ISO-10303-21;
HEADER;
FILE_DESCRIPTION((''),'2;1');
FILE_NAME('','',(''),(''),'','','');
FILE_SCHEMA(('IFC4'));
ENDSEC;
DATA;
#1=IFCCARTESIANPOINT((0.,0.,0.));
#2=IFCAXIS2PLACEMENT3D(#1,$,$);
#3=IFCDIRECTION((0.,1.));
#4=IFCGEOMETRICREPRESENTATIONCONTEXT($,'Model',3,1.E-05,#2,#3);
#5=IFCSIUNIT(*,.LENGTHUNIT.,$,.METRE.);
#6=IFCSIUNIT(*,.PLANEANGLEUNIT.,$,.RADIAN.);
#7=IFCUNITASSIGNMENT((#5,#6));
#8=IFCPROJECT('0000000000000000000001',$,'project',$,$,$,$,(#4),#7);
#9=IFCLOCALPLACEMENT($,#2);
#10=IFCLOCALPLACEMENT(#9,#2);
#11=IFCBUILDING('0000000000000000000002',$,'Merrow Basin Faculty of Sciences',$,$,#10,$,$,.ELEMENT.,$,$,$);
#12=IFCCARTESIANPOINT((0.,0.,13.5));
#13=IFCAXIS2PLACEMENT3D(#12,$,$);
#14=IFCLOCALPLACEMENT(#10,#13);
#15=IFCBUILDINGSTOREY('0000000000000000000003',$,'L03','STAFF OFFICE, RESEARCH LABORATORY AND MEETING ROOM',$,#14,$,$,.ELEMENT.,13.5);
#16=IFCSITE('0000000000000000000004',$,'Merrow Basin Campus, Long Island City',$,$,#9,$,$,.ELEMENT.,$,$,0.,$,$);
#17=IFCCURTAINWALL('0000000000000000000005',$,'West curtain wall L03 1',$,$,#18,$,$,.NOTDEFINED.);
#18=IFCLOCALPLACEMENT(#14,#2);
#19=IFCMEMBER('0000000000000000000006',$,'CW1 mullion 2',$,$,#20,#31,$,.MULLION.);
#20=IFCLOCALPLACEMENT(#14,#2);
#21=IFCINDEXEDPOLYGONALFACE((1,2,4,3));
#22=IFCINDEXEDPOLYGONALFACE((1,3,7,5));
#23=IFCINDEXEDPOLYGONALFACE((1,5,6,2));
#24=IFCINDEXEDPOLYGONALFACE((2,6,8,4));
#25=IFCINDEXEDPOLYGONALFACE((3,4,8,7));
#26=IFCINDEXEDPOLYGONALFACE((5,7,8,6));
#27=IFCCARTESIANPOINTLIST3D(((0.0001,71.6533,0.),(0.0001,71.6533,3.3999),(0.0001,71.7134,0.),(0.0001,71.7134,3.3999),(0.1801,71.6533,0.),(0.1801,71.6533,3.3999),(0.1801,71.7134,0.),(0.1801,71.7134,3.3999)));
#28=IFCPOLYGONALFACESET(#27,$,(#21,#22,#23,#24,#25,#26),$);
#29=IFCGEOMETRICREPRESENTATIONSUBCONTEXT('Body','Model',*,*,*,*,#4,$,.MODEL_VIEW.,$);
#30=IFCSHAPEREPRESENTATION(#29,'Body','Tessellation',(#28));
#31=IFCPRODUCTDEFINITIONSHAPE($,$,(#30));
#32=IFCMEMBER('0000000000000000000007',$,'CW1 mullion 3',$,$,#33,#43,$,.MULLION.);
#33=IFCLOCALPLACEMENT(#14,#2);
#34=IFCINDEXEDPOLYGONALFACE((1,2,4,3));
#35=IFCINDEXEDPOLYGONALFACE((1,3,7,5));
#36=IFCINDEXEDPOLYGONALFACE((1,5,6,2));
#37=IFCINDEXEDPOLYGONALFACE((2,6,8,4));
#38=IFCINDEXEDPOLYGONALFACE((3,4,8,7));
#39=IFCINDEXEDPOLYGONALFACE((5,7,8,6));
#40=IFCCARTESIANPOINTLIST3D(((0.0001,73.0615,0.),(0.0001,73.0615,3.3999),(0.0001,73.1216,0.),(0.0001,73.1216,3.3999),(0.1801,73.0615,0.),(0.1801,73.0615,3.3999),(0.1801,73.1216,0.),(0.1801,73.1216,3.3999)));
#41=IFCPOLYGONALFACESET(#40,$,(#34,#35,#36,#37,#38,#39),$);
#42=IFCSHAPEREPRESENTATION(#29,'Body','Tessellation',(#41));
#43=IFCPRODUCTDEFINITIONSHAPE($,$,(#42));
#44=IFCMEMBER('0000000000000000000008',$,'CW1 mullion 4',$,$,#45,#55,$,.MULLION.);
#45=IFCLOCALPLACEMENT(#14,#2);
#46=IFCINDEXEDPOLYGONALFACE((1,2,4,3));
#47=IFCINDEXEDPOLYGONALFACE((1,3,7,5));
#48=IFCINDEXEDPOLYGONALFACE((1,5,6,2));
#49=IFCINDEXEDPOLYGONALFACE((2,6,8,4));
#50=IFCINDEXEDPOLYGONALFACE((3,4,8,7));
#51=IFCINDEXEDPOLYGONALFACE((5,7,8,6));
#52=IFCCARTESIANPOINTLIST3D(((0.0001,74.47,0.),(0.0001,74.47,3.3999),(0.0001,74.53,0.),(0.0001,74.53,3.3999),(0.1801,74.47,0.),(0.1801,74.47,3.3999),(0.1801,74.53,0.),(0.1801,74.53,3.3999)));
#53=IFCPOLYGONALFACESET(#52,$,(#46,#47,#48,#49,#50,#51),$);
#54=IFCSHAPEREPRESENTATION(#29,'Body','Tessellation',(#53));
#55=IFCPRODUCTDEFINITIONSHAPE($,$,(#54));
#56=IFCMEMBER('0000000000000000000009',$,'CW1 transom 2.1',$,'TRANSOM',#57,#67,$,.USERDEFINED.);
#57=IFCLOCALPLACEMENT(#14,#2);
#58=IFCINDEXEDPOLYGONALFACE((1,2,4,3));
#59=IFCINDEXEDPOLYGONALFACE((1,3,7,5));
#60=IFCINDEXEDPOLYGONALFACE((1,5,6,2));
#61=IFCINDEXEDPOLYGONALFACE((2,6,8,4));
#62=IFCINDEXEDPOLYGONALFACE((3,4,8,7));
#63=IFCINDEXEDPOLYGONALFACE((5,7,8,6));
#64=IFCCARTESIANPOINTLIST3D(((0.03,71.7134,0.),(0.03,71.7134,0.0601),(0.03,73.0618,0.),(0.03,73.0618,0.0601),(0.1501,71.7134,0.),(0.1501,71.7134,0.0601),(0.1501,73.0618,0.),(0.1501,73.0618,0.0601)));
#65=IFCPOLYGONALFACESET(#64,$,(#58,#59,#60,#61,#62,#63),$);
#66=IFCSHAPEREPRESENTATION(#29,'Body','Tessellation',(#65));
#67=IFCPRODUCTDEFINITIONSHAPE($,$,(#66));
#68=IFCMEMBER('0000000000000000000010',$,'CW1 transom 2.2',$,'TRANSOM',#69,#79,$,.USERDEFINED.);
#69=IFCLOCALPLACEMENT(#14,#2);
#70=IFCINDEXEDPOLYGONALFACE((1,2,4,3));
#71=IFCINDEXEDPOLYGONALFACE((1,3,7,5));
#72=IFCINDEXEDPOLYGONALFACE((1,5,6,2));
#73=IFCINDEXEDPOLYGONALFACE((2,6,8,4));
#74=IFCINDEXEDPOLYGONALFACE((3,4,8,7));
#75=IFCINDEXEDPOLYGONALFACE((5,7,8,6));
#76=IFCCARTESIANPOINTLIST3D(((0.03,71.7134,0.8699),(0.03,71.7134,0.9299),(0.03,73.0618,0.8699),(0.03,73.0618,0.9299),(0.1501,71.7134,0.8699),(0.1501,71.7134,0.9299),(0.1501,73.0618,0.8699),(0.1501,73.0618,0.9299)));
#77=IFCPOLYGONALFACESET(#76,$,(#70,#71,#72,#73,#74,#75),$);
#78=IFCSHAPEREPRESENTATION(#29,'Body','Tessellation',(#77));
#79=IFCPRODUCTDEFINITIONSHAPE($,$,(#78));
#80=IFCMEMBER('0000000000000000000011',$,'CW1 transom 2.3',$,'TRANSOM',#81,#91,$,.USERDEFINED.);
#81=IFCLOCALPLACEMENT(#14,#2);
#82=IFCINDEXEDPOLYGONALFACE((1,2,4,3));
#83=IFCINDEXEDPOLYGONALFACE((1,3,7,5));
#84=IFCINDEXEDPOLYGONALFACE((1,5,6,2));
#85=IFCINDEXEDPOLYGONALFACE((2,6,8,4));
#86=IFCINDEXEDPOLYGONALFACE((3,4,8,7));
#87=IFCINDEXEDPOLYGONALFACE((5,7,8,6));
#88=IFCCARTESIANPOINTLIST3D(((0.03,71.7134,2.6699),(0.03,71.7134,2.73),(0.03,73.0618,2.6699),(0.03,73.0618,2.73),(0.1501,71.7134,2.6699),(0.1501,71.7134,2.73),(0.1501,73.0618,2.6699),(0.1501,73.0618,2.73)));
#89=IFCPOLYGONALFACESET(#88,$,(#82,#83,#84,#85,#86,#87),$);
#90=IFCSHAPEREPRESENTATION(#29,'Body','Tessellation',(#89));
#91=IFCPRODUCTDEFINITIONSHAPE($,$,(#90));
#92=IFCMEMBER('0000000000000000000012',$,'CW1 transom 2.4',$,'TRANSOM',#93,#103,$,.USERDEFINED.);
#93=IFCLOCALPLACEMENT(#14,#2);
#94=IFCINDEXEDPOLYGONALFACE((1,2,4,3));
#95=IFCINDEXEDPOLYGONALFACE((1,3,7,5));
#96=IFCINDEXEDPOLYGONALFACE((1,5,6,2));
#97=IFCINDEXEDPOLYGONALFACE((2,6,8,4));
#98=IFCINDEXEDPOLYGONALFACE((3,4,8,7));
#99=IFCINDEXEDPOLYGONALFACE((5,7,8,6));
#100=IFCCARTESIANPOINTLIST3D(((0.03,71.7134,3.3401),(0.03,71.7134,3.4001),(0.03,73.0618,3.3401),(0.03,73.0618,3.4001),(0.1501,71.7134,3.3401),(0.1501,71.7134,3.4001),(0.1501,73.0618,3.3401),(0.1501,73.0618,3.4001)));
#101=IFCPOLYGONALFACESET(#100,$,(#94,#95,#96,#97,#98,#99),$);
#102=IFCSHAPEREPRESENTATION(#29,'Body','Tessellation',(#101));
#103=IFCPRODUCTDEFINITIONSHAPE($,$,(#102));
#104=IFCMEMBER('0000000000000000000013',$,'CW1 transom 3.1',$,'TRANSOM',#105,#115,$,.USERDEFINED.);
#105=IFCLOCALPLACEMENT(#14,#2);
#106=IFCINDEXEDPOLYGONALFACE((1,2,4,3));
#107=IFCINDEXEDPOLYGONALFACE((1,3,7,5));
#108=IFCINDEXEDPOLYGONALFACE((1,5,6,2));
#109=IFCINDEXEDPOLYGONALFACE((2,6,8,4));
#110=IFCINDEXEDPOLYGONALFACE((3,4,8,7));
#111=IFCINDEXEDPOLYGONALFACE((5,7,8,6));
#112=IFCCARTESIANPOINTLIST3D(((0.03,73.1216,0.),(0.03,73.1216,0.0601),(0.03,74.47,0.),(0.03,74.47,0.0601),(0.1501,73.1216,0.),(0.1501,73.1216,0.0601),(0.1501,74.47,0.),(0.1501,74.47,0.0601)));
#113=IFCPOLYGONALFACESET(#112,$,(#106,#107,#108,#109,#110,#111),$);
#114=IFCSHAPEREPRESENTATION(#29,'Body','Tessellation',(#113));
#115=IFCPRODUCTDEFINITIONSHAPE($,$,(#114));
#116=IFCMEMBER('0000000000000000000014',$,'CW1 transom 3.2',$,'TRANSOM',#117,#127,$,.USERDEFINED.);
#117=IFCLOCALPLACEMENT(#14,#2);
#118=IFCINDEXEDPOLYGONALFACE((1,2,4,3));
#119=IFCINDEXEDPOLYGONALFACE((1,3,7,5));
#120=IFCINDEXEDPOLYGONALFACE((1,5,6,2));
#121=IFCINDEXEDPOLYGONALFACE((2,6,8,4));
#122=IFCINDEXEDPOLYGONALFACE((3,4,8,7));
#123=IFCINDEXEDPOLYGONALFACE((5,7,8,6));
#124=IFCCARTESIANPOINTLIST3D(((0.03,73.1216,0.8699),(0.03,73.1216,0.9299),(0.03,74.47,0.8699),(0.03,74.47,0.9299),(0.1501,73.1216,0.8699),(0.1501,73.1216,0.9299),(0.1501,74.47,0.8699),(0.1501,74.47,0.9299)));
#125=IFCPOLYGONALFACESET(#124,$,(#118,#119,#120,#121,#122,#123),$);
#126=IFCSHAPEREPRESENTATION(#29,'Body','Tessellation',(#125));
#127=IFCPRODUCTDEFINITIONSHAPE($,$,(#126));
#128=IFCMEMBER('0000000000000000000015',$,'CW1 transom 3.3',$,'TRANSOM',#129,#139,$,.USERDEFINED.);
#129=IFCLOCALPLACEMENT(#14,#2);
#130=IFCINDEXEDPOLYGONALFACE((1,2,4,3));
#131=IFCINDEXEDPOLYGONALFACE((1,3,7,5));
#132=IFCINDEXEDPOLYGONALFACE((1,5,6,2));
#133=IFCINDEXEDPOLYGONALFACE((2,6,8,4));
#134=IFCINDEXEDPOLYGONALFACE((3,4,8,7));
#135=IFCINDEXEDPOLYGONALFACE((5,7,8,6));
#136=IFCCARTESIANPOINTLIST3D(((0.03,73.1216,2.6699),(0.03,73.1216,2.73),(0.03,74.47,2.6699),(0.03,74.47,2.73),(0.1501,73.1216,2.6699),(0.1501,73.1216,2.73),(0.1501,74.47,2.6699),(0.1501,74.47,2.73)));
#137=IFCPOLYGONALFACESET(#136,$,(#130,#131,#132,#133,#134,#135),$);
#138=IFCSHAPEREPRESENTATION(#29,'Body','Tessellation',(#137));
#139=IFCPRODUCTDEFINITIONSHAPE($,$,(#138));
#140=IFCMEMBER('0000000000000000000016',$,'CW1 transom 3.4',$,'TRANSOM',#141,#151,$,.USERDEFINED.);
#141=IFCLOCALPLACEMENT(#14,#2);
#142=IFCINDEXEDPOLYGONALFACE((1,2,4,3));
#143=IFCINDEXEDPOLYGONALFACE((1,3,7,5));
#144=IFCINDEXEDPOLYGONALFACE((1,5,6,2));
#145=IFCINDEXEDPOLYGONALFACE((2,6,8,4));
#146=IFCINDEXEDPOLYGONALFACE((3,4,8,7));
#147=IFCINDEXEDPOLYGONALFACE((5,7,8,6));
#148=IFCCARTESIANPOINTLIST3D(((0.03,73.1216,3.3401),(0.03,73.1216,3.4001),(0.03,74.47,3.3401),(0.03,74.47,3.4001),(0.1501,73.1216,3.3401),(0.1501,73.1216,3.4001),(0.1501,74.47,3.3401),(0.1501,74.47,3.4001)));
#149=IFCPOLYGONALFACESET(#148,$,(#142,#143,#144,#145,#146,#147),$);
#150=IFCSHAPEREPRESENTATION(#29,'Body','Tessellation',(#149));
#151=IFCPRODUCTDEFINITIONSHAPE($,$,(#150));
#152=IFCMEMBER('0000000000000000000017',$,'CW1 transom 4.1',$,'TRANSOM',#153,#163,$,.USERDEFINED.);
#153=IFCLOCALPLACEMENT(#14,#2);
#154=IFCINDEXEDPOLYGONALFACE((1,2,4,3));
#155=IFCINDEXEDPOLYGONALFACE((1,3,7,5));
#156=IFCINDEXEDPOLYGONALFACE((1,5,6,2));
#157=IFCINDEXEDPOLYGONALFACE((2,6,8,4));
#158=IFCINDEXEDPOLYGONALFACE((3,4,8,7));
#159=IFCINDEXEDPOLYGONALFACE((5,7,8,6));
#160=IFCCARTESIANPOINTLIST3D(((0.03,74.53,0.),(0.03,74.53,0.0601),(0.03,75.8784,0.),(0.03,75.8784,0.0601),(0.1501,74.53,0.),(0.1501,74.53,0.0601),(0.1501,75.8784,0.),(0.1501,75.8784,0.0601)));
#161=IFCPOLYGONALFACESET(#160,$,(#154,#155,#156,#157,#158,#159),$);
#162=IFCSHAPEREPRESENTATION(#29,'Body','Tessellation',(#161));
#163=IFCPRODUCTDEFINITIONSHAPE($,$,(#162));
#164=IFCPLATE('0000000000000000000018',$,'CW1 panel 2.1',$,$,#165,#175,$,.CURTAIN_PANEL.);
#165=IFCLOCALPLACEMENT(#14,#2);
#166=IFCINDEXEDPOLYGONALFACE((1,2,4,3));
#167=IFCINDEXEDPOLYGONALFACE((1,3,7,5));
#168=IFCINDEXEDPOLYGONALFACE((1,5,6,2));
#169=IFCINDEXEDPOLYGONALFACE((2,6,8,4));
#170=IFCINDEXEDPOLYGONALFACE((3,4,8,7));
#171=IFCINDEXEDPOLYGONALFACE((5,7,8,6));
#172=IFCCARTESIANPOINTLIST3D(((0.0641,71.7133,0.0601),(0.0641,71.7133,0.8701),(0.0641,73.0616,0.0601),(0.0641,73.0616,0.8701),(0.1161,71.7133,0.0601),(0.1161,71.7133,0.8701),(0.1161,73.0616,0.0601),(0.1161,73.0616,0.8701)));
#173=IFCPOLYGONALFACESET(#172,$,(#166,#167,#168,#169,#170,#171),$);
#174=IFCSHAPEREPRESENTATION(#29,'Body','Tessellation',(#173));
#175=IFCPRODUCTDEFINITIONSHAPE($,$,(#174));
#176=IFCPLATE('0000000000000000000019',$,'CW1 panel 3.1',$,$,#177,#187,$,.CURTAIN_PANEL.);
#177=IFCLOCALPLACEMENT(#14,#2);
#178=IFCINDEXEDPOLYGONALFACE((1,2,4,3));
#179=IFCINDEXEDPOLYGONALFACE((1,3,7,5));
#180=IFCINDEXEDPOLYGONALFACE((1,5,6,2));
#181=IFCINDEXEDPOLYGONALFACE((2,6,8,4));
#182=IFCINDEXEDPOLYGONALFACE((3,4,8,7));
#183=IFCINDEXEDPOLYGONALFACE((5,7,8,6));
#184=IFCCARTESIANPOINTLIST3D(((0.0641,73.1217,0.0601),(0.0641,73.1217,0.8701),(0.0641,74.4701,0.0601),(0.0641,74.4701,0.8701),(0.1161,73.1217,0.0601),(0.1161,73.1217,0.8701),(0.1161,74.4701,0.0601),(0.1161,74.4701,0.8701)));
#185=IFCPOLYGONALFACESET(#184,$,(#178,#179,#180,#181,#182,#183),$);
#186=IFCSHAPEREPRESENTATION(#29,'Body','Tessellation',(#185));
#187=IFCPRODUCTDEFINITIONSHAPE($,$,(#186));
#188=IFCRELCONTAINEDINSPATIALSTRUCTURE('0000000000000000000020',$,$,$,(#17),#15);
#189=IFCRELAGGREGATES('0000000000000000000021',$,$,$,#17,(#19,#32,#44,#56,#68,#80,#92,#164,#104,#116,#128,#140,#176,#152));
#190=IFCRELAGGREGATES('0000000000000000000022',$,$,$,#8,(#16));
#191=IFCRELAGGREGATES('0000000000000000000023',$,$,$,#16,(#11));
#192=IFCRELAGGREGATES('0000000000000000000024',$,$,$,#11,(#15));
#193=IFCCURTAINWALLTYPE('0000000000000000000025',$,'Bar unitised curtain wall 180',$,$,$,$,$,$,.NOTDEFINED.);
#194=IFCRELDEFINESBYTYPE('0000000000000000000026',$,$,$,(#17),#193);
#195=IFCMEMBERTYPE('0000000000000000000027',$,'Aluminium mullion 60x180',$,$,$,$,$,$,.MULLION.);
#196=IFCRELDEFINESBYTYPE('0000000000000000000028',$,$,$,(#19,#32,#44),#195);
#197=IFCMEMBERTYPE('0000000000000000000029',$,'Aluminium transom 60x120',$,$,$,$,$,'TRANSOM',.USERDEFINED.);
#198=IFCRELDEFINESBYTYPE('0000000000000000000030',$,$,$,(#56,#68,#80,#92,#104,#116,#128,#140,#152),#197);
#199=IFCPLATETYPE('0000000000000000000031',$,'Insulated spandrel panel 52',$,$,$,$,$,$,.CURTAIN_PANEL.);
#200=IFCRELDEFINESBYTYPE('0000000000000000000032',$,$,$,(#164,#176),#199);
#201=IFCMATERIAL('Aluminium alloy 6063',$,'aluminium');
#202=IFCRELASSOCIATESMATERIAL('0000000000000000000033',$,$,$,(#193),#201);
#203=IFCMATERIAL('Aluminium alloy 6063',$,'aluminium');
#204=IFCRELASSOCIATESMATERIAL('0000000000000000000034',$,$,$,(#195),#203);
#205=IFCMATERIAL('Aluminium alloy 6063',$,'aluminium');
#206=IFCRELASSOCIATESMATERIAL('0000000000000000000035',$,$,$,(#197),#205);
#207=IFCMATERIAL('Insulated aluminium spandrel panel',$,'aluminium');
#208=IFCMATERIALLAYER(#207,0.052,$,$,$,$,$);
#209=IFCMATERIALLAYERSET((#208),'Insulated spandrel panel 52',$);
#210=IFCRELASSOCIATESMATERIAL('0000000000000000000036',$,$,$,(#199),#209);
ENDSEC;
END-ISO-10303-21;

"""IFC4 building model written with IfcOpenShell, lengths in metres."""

from ifc_helpers import new_model, si_unit, direction, frame, origin, origin_2d, place, context, subcontext, project, spatial, rectangle, extrude, material, layer, layer_set, material_profile, profile_set, type_object, element, aggregate, save


model = new_model("IFC4")

# Units and contexts
model_context = context("Model", 3, precision=1e-05, world=origin(), true_north=direction((0.0, 1.0)))
body_context = subcontext(model_context, "Body", "Model", "MODEL_VIEW")
ifc_project = project(units=[si_unit("LENGTHUNIT", "METRE"), si_unit("PLANEANGLEUNIT", "RADIAN")], contexts=[model_context])

# Site, building, storey
site_placement = place(None, origin())
site = spatial("IfcSite", under=ifc_project, at=site_placement, Name="Merrow Basin Campus, Long Island City", CompositionType="ELEMENT", RefElevation=0.0)
building_placement = place(site_placement, origin())
building = spatial("IfcBuilding", under=site, at=building_placement, Name="Merrow Basin Faculty of Sciences", CompositionType="ELEMENT")
storey_placement = place(building_placement, frame((0.0, 0.0, 13.5)))
storey = spatial("IfcBuildingStorey", under=building, at=storey_placement, Name="L03", Description="STAFF OFFICE, RESEARCH LABORATORY AND MEETING ROOM", CompositionType="ELEMENT", Elevation=13.5)

# Curtain wall, members, plates
ifc_material_1 = material(Name="Aluminium alloy 6063", Category="aluminium")
curtain_wall_type = type_object("IfcCurtainWallType", Name="Bar unitised curtain wall 180", PredefinedType="NOTDEFINED", material=ifc_material_1)
curtain_wall_placement = place(storey_placement, origin())
curtain_wall = element("IfcCurtainWall", 1, at=curtain_wall_placement, inside=storey, type_object=curtain_wall_type, Name="West curtain wall L03 1", PredefinedType="NOTDEFINED")
ifc_material_2 = material(Name="Aluminium alloy 6063", Category="aluminium")
ifc_material_profile_1 = material_profile(ifc_material_2, rectangle(XDim=0.1799, YDim=0.0601, at=origin_2d()))
ifc_profile_set_1 = profile_set([ifc_material_profile_1], Name="Aluminium alloy 6063")
member_type_1 = type_object("IfcMemberType", Name="Aluminium mullion 60x180", PredefinedType="MULLION", material=ifc_profile_set_1)
member_1_placement = place(storey_placement, frame((0.0901, 71.6833, 0.0), z_axis=(0.0, 0.0, 1.0), x_axis=(-1.0, 0.0, 0.0)))
member_1 = element("IfcMember", 2, at=member_1_placement, type_object=member_type_1, Name="CW1 mullion 2", PredefinedType="MULLION", context=body_context, shape_type="SweptSolid", body=[
    extrude(rectangle(XDim=0.1799, YDim=0.0601, at=origin_2d()), origin(), (0.0, 0.0, 1.0), 3.3999),
])
member_2_placement = place(storey_placement, frame((0.0901, 73.0916, 0.0), z_axis=(0.0, 0.0, 1.0), x_axis=(-1.0, 0.0, 0.0)))
member_2 = element("IfcMember", 3, at=member_2_placement, type_object=member_type_1, Name="CW1 mullion 3", PredefinedType="MULLION", context=body_context, shape_type="SweptSolid", body=[
    extrude(rectangle(XDim=0.1799, YDim=0.0601, at=origin_2d()), origin(), (0.0, 0.0, 1.0), 3.3999),
])
member_3_placement = place(storey_placement, frame((0.0901, 74.5, 0.0), z_axis=(0.0, 0.0, 1.0), x_axis=(-1.0, 0.0, 0.0)))
member_3 = element("IfcMember", 4, at=member_3_placement, type_object=member_type_1, Name="CW1 mullion 4", PredefinedType="MULLION", context=body_context, shape_type="SweptSolid", body=[
    extrude(rectangle(XDim=0.1799, YDim=0.0601, at=origin_2d()), origin(), (0.0, 0.0, 1.0), 3.3999),
])
ifc_material_3 = material(Name="Aluminium alloy 6063", Category="aluminium")
ifc_material_profile_2 = material_profile(ifc_material_3, rectangle(XDim=0.1201, YDim=0.0601, at=origin_2d()))
ifc_profile_set_2 = profile_set([ifc_material_profile_2], Name="Aluminium alloy 6063")
member_type_2 = type_object("IfcMemberType", Name="Aluminium transom 60x120", ElementType="TRANSOM", PredefinedType="USERDEFINED", material=ifc_profile_set_2)
member_4_placement = place(storey_placement, frame((0.0901, 71.7134, 0.03), z_axis=(0.0, 1.0, 0.0), x_axis=(-1.0, 0.0, 0.0)))
member_4 = element("IfcMember", 5, at=member_4_placement, type_object=member_type_2, Name="CW1 transom 2.1", ObjectType="TRANSOM", PredefinedType="USERDEFINED", context=body_context, shape_type="SweptSolid", body=[
    extrude(rectangle(XDim=0.1201, YDim=0.0601, at=origin_2d()), origin(), (0.0, 0.0, 1.0), 1.3484),
])
member_5_placement = place(storey_placement, frame((0.0901, 71.7134, 0.8999), z_axis=(0.0, 1.0, 0.0), x_axis=(-1.0, 0.0, 0.0)))
member_5 = element("IfcMember", 6, at=member_5_placement, type_object=member_type_2, Name="CW1 transom 2.2", ObjectType="TRANSOM", PredefinedType="USERDEFINED", context=body_context, shape_type="SweptSolid", body=[
    extrude(rectangle(XDim=0.1201, YDim=0.0601, at=origin_2d()), origin(), (0.0, 0.0, 1.0), 1.3484),
])
member_6_placement = place(storey_placement, frame((0.0901, 71.7134, 2.7), z_axis=(0.0, 1.0, 0.0), x_axis=(-1.0, 0.0, 0.0)))
member_6 = element("IfcMember", 7, at=member_6_placement, type_object=member_type_2, Name="CW1 transom 2.3", ObjectType="TRANSOM", PredefinedType="USERDEFINED", context=body_context, shape_type="SweptSolid", body=[
    extrude(rectangle(XDim=0.1201, YDim=0.0601, at=origin_2d()), origin(), (0.0, 0.0, 1.0), 1.3484),
])
member_7_placement = place(storey_placement, frame((0.0901, 71.7134, 3.3701), z_axis=(0.0, 1.0, 0.0), x_axis=(-1.0, 0.0, 0.0)))
member_7 = element("IfcMember", 8, at=member_7_placement, type_object=member_type_2, Name="CW1 transom 2.4", ObjectType="TRANSOM", PredefinedType="USERDEFINED", context=body_context, shape_type="SweptSolid", body=[
    extrude(rectangle(XDim=0.1201, YDim=0.0601, at=origin_2d()), origin(), (0.0, 0.0, 1.0), 1.3484),
])
member_8_placement = place(storey_placement, frame((0.0901, 73.1216, 0.03), z_axis=(0.0, 1.0, 0.0), x_axis=(-1.0, 0.0, 0.0)))
member_8 = element("IfcMember", 9, at=member_8_placement, type_object=member_type_2, Name="CW1 transom 3.1", ObjectType="TRANSOM", PredefinedType="USERDEFINED", context=body_context, shape_type="SweptSolid", body=[
    extrude(rectangle(XDim=0.1201, YDim=0.0601, at=origin_2d()), origin(), (0.0, 0.0, 1.0), 1.3484),
])
member_9_placement = place(storey_placement, frame((0.0901, 73.1216, 0.8999), z_axis=(0.0, 1.0, 0.0), x_axis=(-1.0, 0.0, 0.0)))
member_9 = element("IfcMember", 10, at=member_9_placement, type_object=member_type_2, Name="CW1 transom 3.2", ObjectType="TRANSOM", PredefinedType="USERDEFINED", context=body_context, shape_type="SweptSolid", body=[
    extrude(rectangle(XDim=0.1201, YDim=0.0601, at=origin_2d()), origin(), (0.0, 0.0, 1.0), 1.3484),
])
member_10_placement = place(storey_placement, frame((0.0901, 73.1216, 2.7), z_axis=(0.0, 1.0, 0.0), x_axis=(-1.0, 0.0, 0.0)))
member_10 = element("IfcMember", 11, at=member_10_placement, type_object=member_type_2, Name="CW1 transom 3.3", ObjectType="TRANSOM", PredefinedType="USERDEFINED", context=body_context, shape_type="SweptSolid", body=[
    extrude(rectangle(XDim=0.1201, YDim=0.0601, at=origin_2d()), origin(), (0.0, 0.0, 1.0), 1.3484),
])
member_11_placement = place(storey_placement, frame((0.0901, 73.1216, 3.3701), z_axis=(0.0, 1.0, 0.0), x_axis=(-1.0, 0.0, 0.0)))
member_11 = element("IfcMember", 12, at=member_11_placement, type_object=member_type_2, Name="CW1 transom 3.4", ObjectType="TRANSOM", PredefinedType="USERDEFINED", context=body_context, shape_type="SweptSolid", body=[
    extrude(rectangle(XDim=0.1201, YDim=0.0601, at=origin_2d()), origin(), (0.0, 0.0, 1.0), 1.3484),
])
member_12_placement = place(storey_placement, frame((0.0901, 74.53, 0.03), z_axis=(0.0, 1.0, 0.0), x_axis=(-1.0, 0.0, 0.0)))
member_12 = element("IfcMember", 13, at=member_12_placement, type_object=member_type_2, Name="CW1 transom 4.1", ObjectType="TRANSOM", PredefinedType="USERDEFINED", context=body_context, shape_type="SweptSolid", body=[
    extrude(rectangle(XDim=0.1201, YDim=0.0601, at=origin_2d()), origin(), (0.0, 0.0, 1.0), 1.3484),
])
ifc_material_4 = material(Name="Insulated aluminium spandrel panel", Category="aluminium")
ifc_layer_1 = layer(ifc_material_4, 0.052)
ifc_layer_set_1 = layer_set([ifc_layer_1], Name="Insulated spandrel panel 52")
plate_type_1 = type_object("IfcPlateType", Name="Insulated spandrel panel 52", PredefinedType="CURTAIN_PANEL", material=ifc_layer_set_1)
plate_1_placement = place(storey_placement, frame((0.0901, 72.3875, 0.0601), z_axis=(0.0, 0.0, 1.0), x_axis=(0.0, 1.0, 0.0)))
plate_1 = element("IfcPlate", 14, at=plate_1_placement, type_object=plate_type_1, Name="CW1 panel 2.1", PredefinedType="CURTAIN_PANEL", context=body_context, shape_type="SweptSolid", body=[
    extrude(rectangle(XDim=1.3484, YDim=0.052, at=origin_2d()), origin(), (0.0, 0.0, 1.0), 0.8101),
])
plate_2_placement = place(storey_placement, frame((0.0901, 73.7959, 0.0601), z_axis=(0.0, 0.0, 1.0), x_axis=(0.0, 1.0, 0.0)))
plate_2 = element("IfcPlate", 15, at=plate_2_placement, type_object=plate_type_1, Name="CW1 panel 3.1", PredefinedType="CURTAIN_PANEL", context=body_context, shape_type="SweptSolid", body=[
    extrude(rectangle(XDim=1.3484, YDim=0.052, at=origin_2d()), origin(), (0.0, 0.0, 1.0), 0.8101),
])
aggregate(curtain_wall, [member_1, member_2, member_3, member_4, member_5, member_6, member_7, plate_1, member_8, member_9, member_10, member_11, plate_2, member_12])

save(model, "model.ifc")
